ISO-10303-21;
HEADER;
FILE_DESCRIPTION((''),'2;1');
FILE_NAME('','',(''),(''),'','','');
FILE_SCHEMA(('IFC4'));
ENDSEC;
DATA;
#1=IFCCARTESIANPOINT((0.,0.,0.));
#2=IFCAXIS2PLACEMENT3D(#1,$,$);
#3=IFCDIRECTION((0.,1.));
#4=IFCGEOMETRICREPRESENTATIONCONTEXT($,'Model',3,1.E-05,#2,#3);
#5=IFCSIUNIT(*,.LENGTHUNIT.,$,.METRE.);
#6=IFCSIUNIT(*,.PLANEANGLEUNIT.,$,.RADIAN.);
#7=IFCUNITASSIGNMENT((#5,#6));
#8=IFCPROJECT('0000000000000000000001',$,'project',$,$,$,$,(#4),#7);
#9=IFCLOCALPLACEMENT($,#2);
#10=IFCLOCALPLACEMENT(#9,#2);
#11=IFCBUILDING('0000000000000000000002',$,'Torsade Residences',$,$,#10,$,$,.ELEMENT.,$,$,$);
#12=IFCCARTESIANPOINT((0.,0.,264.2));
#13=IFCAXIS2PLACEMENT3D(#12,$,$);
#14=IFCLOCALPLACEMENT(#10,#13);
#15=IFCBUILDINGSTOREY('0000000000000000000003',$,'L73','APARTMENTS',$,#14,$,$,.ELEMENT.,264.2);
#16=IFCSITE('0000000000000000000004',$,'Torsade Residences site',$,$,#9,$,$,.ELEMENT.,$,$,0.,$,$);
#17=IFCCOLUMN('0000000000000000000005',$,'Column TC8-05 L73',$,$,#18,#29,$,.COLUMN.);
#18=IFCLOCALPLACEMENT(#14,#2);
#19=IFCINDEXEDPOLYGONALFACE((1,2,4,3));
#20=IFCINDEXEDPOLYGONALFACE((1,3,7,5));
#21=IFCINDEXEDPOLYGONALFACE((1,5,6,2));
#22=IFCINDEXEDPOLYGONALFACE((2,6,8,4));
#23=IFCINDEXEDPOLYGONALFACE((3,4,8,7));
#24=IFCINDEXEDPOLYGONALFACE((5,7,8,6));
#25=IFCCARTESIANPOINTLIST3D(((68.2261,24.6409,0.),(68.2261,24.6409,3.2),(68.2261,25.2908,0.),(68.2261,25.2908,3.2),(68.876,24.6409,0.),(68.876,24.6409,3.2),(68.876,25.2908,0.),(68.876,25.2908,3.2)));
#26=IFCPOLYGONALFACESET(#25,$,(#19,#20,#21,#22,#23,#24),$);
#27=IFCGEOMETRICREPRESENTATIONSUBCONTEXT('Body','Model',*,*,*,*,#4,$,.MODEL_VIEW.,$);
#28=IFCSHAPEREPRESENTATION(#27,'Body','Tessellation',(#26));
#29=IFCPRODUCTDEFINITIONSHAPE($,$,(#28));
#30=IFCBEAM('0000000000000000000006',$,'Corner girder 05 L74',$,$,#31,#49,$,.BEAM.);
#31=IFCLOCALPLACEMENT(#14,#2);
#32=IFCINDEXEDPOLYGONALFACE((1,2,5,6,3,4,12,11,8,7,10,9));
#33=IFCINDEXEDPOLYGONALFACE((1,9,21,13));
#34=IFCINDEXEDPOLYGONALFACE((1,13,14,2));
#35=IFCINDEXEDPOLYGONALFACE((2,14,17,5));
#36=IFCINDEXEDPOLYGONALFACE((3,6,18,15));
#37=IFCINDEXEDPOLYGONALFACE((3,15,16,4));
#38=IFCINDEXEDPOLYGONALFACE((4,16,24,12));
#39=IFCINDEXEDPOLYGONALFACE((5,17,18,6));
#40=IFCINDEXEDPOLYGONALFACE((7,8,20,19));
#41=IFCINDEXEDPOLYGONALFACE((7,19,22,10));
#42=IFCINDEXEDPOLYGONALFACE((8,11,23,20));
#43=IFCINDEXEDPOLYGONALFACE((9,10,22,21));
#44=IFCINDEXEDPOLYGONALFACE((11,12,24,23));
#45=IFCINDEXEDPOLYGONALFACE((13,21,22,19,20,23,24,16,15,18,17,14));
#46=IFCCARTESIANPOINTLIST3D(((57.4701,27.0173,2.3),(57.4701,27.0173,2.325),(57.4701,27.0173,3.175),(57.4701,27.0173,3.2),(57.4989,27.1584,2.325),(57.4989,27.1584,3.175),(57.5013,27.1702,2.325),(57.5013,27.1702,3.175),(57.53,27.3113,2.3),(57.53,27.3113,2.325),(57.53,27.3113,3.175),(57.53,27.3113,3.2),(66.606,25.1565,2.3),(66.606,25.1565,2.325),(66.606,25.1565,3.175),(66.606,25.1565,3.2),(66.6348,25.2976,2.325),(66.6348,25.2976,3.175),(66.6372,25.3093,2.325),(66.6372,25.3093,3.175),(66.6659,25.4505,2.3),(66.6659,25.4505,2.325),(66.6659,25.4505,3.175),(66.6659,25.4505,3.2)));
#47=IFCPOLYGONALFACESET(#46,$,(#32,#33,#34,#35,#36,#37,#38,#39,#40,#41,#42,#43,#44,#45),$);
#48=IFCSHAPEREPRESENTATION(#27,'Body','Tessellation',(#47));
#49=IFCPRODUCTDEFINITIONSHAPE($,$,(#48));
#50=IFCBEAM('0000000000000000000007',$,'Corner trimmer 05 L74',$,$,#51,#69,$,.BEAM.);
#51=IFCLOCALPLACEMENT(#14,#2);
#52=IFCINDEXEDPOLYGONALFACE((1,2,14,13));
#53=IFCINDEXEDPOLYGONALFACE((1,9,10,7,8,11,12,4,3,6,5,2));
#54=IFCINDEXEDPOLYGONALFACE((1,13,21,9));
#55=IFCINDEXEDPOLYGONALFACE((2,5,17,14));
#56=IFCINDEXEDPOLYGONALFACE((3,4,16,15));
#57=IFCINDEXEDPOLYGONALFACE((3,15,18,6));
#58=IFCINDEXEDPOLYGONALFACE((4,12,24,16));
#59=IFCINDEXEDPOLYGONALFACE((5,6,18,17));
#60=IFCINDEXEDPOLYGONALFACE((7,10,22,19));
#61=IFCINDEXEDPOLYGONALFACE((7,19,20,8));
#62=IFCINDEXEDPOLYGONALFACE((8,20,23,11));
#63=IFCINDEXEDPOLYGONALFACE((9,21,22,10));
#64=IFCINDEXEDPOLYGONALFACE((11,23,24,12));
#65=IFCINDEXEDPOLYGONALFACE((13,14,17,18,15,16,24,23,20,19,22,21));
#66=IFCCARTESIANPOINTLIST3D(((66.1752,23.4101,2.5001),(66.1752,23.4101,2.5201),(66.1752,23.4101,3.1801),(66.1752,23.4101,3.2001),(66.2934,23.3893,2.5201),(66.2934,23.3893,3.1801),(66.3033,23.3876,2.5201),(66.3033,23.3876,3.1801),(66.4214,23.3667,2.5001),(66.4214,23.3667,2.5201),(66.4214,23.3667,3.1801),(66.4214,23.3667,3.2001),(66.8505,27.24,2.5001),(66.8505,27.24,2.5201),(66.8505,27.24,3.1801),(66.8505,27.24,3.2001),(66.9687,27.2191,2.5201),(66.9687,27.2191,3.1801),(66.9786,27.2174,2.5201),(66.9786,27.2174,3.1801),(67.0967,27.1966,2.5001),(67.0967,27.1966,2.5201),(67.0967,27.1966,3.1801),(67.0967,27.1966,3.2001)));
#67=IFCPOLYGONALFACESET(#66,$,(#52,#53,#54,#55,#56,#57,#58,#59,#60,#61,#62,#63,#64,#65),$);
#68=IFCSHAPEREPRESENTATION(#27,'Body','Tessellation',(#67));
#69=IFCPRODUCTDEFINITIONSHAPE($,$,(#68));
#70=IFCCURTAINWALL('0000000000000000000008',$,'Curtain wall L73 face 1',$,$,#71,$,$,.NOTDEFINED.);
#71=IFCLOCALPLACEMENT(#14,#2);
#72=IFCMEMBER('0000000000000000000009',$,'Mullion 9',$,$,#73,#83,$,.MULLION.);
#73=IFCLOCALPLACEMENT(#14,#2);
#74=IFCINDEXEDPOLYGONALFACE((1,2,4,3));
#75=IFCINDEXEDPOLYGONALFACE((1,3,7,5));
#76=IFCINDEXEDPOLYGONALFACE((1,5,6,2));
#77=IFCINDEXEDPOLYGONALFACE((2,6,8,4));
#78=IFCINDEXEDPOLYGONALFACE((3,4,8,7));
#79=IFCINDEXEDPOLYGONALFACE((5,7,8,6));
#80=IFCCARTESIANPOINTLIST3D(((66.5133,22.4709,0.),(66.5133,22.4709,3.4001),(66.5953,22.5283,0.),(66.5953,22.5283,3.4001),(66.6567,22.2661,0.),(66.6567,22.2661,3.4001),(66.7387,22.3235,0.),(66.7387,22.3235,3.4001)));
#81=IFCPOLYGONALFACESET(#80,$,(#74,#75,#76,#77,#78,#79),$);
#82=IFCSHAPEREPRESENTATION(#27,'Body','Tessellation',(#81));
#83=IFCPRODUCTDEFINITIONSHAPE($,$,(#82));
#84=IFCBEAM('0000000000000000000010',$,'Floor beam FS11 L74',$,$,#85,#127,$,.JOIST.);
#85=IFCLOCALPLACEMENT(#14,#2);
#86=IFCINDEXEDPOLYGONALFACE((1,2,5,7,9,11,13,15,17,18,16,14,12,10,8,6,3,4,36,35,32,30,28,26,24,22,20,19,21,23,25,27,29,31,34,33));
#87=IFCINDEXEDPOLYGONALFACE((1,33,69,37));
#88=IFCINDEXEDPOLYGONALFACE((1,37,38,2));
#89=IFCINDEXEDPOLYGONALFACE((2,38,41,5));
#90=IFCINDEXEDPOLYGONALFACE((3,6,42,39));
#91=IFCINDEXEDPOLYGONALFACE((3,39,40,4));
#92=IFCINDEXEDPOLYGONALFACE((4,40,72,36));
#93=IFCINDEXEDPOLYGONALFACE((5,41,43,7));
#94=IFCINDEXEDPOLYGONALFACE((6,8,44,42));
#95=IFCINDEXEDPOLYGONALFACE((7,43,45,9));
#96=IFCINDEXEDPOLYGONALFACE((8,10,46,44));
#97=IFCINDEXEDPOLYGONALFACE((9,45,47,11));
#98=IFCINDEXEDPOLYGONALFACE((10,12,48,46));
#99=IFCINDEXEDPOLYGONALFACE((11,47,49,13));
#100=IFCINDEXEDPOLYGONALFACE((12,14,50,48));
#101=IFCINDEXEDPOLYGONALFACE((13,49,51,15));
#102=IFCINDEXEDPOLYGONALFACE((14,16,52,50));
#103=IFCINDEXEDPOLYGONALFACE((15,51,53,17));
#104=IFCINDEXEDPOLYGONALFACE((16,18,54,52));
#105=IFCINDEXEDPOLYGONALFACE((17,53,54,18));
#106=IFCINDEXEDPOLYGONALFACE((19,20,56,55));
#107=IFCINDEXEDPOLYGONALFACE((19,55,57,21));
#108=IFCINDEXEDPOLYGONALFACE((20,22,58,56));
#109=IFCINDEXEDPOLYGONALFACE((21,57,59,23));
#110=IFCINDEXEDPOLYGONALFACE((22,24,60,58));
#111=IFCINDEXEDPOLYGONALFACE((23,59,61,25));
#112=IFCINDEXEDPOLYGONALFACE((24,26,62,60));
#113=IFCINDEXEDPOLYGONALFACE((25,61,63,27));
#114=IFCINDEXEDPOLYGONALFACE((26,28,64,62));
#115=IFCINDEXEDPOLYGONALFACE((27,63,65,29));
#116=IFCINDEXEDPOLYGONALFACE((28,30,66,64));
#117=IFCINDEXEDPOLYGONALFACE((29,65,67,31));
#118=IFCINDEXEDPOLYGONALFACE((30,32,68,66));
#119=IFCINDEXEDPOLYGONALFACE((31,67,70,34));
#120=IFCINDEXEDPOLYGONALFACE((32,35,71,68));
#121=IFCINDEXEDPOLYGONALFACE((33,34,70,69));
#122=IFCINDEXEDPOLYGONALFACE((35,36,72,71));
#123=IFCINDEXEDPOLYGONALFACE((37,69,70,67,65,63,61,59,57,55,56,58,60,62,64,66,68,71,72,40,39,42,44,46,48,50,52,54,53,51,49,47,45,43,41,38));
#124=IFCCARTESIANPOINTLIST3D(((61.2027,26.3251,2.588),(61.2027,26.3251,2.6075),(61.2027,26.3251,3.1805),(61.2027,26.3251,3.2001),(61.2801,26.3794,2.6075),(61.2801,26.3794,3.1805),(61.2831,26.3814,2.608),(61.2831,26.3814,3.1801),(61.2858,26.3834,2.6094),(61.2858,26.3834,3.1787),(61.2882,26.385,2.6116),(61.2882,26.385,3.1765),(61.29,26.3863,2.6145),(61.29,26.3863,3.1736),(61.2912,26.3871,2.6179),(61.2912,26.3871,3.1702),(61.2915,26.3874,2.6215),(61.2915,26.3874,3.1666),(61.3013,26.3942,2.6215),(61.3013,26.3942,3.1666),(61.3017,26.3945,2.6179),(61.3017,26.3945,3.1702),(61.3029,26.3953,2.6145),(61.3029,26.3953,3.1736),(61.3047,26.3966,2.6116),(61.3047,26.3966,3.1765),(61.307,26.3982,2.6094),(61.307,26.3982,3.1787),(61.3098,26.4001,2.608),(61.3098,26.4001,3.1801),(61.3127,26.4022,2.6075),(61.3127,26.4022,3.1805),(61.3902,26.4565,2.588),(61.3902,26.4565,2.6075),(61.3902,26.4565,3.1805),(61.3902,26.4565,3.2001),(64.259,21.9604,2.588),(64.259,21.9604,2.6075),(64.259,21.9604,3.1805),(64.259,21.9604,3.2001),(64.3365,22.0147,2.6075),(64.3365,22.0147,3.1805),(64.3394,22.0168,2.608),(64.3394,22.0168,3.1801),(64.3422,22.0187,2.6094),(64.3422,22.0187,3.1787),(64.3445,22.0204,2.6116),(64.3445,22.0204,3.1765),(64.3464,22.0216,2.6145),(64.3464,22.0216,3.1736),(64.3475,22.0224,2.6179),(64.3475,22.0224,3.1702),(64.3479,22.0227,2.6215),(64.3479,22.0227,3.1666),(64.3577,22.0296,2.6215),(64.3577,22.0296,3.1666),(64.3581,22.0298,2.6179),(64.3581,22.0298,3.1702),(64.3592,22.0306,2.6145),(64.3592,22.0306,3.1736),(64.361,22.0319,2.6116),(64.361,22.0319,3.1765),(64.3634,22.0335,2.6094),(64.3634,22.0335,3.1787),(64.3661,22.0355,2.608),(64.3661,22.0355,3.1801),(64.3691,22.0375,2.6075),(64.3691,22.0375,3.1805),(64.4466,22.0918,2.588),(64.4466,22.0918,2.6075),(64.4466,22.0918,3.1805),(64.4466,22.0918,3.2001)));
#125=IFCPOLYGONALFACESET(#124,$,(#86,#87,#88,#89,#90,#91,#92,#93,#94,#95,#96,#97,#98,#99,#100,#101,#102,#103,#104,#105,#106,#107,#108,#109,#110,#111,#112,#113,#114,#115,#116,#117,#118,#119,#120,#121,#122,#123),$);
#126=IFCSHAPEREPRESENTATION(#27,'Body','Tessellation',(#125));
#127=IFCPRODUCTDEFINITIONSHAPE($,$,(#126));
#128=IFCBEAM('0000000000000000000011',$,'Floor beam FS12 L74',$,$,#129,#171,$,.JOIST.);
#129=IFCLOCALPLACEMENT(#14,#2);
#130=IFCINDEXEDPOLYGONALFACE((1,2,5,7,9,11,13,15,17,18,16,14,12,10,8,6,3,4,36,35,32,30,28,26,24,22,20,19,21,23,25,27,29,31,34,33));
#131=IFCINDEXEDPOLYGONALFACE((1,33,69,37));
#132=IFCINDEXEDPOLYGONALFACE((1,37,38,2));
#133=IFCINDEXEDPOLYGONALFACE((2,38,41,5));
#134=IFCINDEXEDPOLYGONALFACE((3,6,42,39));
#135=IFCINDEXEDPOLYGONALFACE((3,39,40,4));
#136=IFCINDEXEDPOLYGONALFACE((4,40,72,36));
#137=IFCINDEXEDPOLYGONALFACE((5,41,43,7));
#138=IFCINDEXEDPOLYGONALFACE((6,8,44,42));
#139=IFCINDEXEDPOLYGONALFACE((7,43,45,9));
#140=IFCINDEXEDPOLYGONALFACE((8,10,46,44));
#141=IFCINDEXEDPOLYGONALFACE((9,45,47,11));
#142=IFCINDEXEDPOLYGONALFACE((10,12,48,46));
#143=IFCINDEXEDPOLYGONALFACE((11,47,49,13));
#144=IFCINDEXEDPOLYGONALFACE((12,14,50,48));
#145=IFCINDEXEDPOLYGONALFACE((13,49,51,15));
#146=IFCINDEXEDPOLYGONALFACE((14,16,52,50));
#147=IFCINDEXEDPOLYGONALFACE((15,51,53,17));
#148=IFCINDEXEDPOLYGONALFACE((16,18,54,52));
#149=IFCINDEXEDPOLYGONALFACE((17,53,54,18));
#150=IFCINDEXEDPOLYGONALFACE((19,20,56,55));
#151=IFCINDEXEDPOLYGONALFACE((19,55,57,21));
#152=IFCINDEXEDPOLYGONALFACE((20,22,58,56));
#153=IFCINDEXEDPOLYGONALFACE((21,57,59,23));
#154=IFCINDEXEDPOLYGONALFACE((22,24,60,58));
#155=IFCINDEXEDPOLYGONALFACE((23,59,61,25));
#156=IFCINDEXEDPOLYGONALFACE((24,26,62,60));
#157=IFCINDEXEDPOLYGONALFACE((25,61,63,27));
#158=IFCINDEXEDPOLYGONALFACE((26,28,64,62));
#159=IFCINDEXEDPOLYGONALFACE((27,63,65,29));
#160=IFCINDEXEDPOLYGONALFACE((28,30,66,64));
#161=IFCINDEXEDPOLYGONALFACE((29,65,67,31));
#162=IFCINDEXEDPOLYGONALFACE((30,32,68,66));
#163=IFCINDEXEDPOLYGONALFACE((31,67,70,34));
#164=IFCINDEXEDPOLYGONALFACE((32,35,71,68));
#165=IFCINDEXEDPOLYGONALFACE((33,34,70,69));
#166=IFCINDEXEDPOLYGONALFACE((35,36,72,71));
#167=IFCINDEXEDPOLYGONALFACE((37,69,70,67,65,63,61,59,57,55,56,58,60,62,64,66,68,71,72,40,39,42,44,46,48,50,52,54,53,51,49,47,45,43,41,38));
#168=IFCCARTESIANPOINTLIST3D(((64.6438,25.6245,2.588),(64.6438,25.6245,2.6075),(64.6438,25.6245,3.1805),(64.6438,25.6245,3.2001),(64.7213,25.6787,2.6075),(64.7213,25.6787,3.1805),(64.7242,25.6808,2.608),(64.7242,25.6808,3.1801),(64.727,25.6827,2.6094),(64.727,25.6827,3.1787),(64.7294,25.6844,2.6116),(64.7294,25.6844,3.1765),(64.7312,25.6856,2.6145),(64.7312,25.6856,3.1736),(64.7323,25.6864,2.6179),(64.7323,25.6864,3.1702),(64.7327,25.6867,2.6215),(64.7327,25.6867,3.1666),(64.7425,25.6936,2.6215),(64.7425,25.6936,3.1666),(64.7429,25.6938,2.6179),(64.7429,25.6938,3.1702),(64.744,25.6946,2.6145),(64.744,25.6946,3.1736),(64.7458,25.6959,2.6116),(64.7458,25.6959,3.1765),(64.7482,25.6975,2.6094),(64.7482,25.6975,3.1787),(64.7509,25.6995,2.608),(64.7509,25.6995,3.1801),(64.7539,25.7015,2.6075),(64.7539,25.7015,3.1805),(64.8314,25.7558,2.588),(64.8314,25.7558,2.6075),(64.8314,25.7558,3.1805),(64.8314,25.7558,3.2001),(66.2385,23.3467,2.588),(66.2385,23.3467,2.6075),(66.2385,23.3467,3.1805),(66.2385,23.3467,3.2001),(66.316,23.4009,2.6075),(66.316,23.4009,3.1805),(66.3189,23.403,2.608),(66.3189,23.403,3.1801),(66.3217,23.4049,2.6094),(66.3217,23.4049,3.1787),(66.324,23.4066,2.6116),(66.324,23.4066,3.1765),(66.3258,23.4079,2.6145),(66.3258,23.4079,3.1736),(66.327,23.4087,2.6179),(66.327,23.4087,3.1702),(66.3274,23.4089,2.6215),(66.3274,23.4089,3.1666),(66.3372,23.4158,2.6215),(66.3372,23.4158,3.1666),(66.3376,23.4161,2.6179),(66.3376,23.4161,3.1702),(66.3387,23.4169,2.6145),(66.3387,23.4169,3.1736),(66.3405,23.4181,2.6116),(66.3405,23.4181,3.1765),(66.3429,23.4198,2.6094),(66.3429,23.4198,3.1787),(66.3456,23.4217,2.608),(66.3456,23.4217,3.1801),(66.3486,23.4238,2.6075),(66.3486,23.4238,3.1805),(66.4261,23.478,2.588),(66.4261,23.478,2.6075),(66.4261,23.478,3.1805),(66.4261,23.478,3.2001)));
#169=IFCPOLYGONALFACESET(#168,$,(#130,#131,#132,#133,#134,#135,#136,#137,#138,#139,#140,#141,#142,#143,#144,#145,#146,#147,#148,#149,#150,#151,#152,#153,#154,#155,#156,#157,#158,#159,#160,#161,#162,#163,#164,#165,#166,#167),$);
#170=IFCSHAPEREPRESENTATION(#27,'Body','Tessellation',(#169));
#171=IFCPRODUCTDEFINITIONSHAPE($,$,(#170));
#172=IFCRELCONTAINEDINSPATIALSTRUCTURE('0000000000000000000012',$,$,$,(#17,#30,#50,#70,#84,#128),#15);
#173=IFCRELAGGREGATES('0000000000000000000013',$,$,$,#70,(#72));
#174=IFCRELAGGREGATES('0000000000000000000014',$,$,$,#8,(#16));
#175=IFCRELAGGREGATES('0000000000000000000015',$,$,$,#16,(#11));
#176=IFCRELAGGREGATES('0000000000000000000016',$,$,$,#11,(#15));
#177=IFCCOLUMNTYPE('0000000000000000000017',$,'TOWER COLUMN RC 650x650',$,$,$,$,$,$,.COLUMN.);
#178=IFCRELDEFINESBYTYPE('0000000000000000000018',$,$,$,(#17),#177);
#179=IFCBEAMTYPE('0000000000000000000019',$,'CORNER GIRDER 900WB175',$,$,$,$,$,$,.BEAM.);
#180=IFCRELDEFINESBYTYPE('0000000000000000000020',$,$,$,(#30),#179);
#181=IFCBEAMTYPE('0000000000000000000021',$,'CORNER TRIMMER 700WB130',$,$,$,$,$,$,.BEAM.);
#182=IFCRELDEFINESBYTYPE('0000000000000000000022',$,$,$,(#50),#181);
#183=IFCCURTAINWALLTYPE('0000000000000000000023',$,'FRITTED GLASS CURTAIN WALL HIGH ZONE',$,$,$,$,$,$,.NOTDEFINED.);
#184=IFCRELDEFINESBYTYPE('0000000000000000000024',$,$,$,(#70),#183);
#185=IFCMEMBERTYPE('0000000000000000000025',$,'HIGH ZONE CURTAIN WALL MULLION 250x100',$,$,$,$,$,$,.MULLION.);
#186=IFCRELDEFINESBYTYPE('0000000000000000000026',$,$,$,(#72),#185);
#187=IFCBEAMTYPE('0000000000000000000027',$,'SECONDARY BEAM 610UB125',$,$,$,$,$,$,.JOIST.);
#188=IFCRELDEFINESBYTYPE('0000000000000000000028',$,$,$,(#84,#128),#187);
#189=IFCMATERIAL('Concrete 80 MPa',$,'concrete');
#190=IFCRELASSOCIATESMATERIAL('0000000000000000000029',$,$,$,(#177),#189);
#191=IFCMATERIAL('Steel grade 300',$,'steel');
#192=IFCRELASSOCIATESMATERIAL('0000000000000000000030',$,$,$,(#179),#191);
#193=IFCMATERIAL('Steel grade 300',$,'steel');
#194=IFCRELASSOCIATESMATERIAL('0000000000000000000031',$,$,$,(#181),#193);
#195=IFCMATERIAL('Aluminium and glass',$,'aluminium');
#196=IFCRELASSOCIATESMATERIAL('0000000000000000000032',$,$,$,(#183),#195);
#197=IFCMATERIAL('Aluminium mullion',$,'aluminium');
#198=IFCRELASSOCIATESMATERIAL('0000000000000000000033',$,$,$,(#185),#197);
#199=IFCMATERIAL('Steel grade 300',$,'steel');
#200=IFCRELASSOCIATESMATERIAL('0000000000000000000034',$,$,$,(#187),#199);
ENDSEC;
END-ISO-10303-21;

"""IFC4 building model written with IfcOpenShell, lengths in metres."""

from ifc_helpers import new_model, si_unit, direction, frame, origin, origin_2d, place, context, subcontext, project, spatial, rectangle, i_section, extrude, material, material_profile, profile_set, type_object, element, aggregate, save


model = new_model("IFC4")

# Units and contexts
model_context = context("Model", 3, precision=1e-05, world=origin(), true_north=direction((0.0, 1.0)))
body_context = subcontext(model_context, "Body", "Model", "MODEL_VIEW")
ifc_project = project(units=[si_unit("LENGTHUNIT", "METRE"), si_unit("PLANEANGLEUNIT", "RADIAN")], contexts=[model_context])

# Site, building, storey
site_placement = place(None, origin())
site = spatial("IfcSite", under=ifc_project, at=site_placement, Name="Torsade Residences site", CompositionType="ELEMENT", RefElevation=0.0)
building_placement = place(site_placement, origin())
building = spatial("IfcBuilding", under=site, at=building_placement, Name="Torsade Residences", CompositionType="ELEMENT")
storey_placement = place(building_placement, frame((0.0, 0.0, 264.2)))
storey = spatial("IfcBuildingStorey", under=building, at=storey_placement, Name="L73", Description="APARTMENTS", CompositionType="ELEMENT", Elevation=264.2)

# Column
ifc_material_1 = material(Name="Concrete 80 MPa", Category="concrete")
ifc_material_profile_1 = material_profile(ifc_material_1, rectangle(XDim=0.6499, YDim=0.6499, at=origin_2d()), Name="RC 650x650")
ifc_profile_set_1 = profile_set([ifc_material_profile_1], Name="Concrete 80 MPa")
column_type = type_object("IfcColumnType", Name="TOWER COLUMN RC 650x650", PredefinedType="COLUMN", material=ifc_profile_set_1)
column_placement = place(storey_placement, frame((68.551, 24.9658, 0.0), z_axis=(0.0, 0.0, 1.0), x_axis=(1.0, 0.0, 0.0)))
element("IfcColumn", 1, at=column_placement, inside=storey, type_object=column_type, Name="Column TC8-05 L73", PredefinedType="COLUMN", context=body_context, shape_type="SweptSolid", body=[
    extrude(rectangle(XDim=0.6499, YDim=0.6499, at=origin_2d()), origin(), (0.0, 0.0, 1.0), 3.2),
])

# Beams
ifc_material_2 = material(Name="Steel grade 300", Category="steel")
ifc_material_profile_2 = material_profile(ifc_material_2, i_section(OverallWidth=0.3, OverallDepth=0.8999, WebThickness=0.012, FlangeThickness=0.0249, at=origin_2d()), Name="900WB175")
ifc_profile_set_2 = profile_set([ifc_material_profile_2], Name="Steel grade 300")
beam_type_1 = type_object("IfcBeamType", Name="CORNER GIRDER 900WB175", PredefinedType="BEAM", material=ifc_profile_set_2)
beam_1_placement = place(storey_placement, frame((66.636, 25.3035, 2.75), z_axis=(-0.979881, 0.199584, 0.0), x_axis=(-0.199584, -0.979881, 0.0)))
element("IfcBeam", 2, at=beam_1_placement, inside=storey, type_object=beam_type_1, Name="Corner girder 05 L74", PredefinedType="BEAM", context=body_context, shape_type="SweptSolid", body=[
    extrude(i_section(OverallWidth=0.3, OverallDepth=0.8999, WebThickness=0.012, FlangeThickness=0.0249, at=origin_2d()), origin(), (0.0, 0.0, 1.0), 9.3235),
])
ifc_material_3 = material(Name="Steel grade 300", Category="steel")
ifc_material_profile_3 = material_profile(ifc_material_3, i_section(OverallWidth=0.25, OverallDepth=0.7, WebThickness=0.01, FlangeThickness=0.02, at=origin_2d()), Name="700WB130")
ifc_profile_set_3 = profile_set([ifc_material_profile_3], Name="Steel grade 300")
beam_type_2 = type_object("IfcBeamType", Name="CORNER TRIMMER 700WB130", PredefinedType="BEAM", material=ifc_profile_set_3)
beam_2_placement = place(storey_placement, frame((66.9736, 27.2183, 2.8501), z_axis=(-0.173646, -0.984808, 0.0), x_axis=(0.984808, -0.173646, 0.0)))
element("IfcBeam", 3, at=beam_2_placement, inside=storey, type_object=beam_type_2, Name="Corner trimmer 05 L74", PredefinedType="BEAM", context=body_context, shape_type="SweptSolid", body=[
    extrude(i_section(OverallWidth=0.25, OverallDepth=0.7, WebThickness=0.01, FlangeThickness=0.02, at=origin_2d()), origin(), (0.0, 0.0, 1.0), 3.8889),
])

# Curtain wall, member
ifc_material_4 = material(Name="Aluminium and glass", Category="aluminium")
curtain_wall_type = type_object("IfcCurtainWallType", Name="FRITTED GLASS CURTAIN WALL HIGH ZONE", PredefinedType="NOTDEFINED", material=ifc_material_4)
curtain_wall_placement = place(storey_placement, origin())
curtain_wall = element("IfcCurtainWall", 4, at=curtain_wall_placement, inside=storey, type_object=curtain_wall_type, Name="Curtain wall L73 face 1", PredefinedType="NOTDEFINED")
ifc_material_5 = material(Name="Aluminium mullion", Category="aluminium")
ifc_material_profile_4 = material_profile(ifc_material_5, rectangle(XDim=0.25, YDim=0.1001, at=origin_2d()), Name="HIGH ZONE CURTAIN WALL MULLION 250x100")
ifc_profile_set_4 = profile_set([ifc_material_profile_4], Name="Aluminium mullion")
member_type = type_object("IfcMemberType", Name="HIGH ZONE CURTAIN WALL MULLION 250x100", PredefinedType="MULLION", material=ifc_profile_set_4)
member_placement = place(storey_placement, frame((66.626, 22.3972, 0.0), z_axis=(0.0, 0.0, 1.0), x_axis=(-0.573576, 0.819152, 0.0)))
member = element("IfcMember", 5, at=member_placement, type_object=member_type, Name="Mullion 9", PredefinedType="MULLION", context=body_context, shape_type="SweptSolid", body=[
    extrude(rectangle(XDim=0.25, YDim=0.1001, at=origin_2d()), origin(), (0.0, 0.0, 1.0), 3.4001),
])

# Beams
ifc_material_6 = material(Name="Steel grade 300", Category="steel")
ifc_material_profile_5 = material_profile(ifc_material_6, i_section(OverallWidth=0.229, OverallDepth=0.6121, WebThickness=0.012, FlangeThickness=0.0195, FilletRadius=0.0139, at=origin_2d()), Name="610UB125")
ifc_profile_set_5 = profile_set([ifc_material_profile_5], Name="Steel grade 300")
beam_type_3 = type_object("IfcBeamType", Name="SECONDARY BEAM 610UB125", PredefinedType="JOIST", material=ifc_profile_set_5)
beam_3_placement = place(storey_placement, frame((64.3528, 22.0261, 2.894), z_axis=(-0.573598, 0.819137, 0.0), x_axis=(-0.819137, -0.573598, 0.0)))
element("IfcBeam", 6, at=beam_3_placement, inside=storey, type_object=beam_type_3, Name="Floor beam FS11 L74", PredefinedType="JOIST", context=body_context, shape_type="SweptSolid", body=[
    extrude(i_section(OverallWidth=0.229, OverallDepth=0.6121, WebThickness=0.012, FlangeThickness=0.0195, FilletRadius=0.0139, at=origin_2d()), origin(), (0.0, 0.0, 1.0), 5.3284),
])
beam_4_placement = place(storey_placement, frame((66.3323, 23.4124, 2.894), z_axis=(-0.573521, 0.819191, 0.0), x_axis=(-0.819191, -0.573521, 0.0)))
element("IfcBeam", 7, at=beam_4_placement, inside=storey, type_object=beam_type_3, Name="Floor beam FS12 L74", PredefinedType="JOIST", context=body_context, shape_type="SweptSolid", body=[
    extrude(i_section(OverallWidth=0.229, OverallDepth=0.6121, WebThickness=0.012, FlangeThickness=0.0195, FilletRadius=0.0139, at=origin_2d()), origin(), (0.0, 0.0, 1.0), 2.7805),
])

aggregate(curtain_wall, [member])

save(model, "model.ifc")
